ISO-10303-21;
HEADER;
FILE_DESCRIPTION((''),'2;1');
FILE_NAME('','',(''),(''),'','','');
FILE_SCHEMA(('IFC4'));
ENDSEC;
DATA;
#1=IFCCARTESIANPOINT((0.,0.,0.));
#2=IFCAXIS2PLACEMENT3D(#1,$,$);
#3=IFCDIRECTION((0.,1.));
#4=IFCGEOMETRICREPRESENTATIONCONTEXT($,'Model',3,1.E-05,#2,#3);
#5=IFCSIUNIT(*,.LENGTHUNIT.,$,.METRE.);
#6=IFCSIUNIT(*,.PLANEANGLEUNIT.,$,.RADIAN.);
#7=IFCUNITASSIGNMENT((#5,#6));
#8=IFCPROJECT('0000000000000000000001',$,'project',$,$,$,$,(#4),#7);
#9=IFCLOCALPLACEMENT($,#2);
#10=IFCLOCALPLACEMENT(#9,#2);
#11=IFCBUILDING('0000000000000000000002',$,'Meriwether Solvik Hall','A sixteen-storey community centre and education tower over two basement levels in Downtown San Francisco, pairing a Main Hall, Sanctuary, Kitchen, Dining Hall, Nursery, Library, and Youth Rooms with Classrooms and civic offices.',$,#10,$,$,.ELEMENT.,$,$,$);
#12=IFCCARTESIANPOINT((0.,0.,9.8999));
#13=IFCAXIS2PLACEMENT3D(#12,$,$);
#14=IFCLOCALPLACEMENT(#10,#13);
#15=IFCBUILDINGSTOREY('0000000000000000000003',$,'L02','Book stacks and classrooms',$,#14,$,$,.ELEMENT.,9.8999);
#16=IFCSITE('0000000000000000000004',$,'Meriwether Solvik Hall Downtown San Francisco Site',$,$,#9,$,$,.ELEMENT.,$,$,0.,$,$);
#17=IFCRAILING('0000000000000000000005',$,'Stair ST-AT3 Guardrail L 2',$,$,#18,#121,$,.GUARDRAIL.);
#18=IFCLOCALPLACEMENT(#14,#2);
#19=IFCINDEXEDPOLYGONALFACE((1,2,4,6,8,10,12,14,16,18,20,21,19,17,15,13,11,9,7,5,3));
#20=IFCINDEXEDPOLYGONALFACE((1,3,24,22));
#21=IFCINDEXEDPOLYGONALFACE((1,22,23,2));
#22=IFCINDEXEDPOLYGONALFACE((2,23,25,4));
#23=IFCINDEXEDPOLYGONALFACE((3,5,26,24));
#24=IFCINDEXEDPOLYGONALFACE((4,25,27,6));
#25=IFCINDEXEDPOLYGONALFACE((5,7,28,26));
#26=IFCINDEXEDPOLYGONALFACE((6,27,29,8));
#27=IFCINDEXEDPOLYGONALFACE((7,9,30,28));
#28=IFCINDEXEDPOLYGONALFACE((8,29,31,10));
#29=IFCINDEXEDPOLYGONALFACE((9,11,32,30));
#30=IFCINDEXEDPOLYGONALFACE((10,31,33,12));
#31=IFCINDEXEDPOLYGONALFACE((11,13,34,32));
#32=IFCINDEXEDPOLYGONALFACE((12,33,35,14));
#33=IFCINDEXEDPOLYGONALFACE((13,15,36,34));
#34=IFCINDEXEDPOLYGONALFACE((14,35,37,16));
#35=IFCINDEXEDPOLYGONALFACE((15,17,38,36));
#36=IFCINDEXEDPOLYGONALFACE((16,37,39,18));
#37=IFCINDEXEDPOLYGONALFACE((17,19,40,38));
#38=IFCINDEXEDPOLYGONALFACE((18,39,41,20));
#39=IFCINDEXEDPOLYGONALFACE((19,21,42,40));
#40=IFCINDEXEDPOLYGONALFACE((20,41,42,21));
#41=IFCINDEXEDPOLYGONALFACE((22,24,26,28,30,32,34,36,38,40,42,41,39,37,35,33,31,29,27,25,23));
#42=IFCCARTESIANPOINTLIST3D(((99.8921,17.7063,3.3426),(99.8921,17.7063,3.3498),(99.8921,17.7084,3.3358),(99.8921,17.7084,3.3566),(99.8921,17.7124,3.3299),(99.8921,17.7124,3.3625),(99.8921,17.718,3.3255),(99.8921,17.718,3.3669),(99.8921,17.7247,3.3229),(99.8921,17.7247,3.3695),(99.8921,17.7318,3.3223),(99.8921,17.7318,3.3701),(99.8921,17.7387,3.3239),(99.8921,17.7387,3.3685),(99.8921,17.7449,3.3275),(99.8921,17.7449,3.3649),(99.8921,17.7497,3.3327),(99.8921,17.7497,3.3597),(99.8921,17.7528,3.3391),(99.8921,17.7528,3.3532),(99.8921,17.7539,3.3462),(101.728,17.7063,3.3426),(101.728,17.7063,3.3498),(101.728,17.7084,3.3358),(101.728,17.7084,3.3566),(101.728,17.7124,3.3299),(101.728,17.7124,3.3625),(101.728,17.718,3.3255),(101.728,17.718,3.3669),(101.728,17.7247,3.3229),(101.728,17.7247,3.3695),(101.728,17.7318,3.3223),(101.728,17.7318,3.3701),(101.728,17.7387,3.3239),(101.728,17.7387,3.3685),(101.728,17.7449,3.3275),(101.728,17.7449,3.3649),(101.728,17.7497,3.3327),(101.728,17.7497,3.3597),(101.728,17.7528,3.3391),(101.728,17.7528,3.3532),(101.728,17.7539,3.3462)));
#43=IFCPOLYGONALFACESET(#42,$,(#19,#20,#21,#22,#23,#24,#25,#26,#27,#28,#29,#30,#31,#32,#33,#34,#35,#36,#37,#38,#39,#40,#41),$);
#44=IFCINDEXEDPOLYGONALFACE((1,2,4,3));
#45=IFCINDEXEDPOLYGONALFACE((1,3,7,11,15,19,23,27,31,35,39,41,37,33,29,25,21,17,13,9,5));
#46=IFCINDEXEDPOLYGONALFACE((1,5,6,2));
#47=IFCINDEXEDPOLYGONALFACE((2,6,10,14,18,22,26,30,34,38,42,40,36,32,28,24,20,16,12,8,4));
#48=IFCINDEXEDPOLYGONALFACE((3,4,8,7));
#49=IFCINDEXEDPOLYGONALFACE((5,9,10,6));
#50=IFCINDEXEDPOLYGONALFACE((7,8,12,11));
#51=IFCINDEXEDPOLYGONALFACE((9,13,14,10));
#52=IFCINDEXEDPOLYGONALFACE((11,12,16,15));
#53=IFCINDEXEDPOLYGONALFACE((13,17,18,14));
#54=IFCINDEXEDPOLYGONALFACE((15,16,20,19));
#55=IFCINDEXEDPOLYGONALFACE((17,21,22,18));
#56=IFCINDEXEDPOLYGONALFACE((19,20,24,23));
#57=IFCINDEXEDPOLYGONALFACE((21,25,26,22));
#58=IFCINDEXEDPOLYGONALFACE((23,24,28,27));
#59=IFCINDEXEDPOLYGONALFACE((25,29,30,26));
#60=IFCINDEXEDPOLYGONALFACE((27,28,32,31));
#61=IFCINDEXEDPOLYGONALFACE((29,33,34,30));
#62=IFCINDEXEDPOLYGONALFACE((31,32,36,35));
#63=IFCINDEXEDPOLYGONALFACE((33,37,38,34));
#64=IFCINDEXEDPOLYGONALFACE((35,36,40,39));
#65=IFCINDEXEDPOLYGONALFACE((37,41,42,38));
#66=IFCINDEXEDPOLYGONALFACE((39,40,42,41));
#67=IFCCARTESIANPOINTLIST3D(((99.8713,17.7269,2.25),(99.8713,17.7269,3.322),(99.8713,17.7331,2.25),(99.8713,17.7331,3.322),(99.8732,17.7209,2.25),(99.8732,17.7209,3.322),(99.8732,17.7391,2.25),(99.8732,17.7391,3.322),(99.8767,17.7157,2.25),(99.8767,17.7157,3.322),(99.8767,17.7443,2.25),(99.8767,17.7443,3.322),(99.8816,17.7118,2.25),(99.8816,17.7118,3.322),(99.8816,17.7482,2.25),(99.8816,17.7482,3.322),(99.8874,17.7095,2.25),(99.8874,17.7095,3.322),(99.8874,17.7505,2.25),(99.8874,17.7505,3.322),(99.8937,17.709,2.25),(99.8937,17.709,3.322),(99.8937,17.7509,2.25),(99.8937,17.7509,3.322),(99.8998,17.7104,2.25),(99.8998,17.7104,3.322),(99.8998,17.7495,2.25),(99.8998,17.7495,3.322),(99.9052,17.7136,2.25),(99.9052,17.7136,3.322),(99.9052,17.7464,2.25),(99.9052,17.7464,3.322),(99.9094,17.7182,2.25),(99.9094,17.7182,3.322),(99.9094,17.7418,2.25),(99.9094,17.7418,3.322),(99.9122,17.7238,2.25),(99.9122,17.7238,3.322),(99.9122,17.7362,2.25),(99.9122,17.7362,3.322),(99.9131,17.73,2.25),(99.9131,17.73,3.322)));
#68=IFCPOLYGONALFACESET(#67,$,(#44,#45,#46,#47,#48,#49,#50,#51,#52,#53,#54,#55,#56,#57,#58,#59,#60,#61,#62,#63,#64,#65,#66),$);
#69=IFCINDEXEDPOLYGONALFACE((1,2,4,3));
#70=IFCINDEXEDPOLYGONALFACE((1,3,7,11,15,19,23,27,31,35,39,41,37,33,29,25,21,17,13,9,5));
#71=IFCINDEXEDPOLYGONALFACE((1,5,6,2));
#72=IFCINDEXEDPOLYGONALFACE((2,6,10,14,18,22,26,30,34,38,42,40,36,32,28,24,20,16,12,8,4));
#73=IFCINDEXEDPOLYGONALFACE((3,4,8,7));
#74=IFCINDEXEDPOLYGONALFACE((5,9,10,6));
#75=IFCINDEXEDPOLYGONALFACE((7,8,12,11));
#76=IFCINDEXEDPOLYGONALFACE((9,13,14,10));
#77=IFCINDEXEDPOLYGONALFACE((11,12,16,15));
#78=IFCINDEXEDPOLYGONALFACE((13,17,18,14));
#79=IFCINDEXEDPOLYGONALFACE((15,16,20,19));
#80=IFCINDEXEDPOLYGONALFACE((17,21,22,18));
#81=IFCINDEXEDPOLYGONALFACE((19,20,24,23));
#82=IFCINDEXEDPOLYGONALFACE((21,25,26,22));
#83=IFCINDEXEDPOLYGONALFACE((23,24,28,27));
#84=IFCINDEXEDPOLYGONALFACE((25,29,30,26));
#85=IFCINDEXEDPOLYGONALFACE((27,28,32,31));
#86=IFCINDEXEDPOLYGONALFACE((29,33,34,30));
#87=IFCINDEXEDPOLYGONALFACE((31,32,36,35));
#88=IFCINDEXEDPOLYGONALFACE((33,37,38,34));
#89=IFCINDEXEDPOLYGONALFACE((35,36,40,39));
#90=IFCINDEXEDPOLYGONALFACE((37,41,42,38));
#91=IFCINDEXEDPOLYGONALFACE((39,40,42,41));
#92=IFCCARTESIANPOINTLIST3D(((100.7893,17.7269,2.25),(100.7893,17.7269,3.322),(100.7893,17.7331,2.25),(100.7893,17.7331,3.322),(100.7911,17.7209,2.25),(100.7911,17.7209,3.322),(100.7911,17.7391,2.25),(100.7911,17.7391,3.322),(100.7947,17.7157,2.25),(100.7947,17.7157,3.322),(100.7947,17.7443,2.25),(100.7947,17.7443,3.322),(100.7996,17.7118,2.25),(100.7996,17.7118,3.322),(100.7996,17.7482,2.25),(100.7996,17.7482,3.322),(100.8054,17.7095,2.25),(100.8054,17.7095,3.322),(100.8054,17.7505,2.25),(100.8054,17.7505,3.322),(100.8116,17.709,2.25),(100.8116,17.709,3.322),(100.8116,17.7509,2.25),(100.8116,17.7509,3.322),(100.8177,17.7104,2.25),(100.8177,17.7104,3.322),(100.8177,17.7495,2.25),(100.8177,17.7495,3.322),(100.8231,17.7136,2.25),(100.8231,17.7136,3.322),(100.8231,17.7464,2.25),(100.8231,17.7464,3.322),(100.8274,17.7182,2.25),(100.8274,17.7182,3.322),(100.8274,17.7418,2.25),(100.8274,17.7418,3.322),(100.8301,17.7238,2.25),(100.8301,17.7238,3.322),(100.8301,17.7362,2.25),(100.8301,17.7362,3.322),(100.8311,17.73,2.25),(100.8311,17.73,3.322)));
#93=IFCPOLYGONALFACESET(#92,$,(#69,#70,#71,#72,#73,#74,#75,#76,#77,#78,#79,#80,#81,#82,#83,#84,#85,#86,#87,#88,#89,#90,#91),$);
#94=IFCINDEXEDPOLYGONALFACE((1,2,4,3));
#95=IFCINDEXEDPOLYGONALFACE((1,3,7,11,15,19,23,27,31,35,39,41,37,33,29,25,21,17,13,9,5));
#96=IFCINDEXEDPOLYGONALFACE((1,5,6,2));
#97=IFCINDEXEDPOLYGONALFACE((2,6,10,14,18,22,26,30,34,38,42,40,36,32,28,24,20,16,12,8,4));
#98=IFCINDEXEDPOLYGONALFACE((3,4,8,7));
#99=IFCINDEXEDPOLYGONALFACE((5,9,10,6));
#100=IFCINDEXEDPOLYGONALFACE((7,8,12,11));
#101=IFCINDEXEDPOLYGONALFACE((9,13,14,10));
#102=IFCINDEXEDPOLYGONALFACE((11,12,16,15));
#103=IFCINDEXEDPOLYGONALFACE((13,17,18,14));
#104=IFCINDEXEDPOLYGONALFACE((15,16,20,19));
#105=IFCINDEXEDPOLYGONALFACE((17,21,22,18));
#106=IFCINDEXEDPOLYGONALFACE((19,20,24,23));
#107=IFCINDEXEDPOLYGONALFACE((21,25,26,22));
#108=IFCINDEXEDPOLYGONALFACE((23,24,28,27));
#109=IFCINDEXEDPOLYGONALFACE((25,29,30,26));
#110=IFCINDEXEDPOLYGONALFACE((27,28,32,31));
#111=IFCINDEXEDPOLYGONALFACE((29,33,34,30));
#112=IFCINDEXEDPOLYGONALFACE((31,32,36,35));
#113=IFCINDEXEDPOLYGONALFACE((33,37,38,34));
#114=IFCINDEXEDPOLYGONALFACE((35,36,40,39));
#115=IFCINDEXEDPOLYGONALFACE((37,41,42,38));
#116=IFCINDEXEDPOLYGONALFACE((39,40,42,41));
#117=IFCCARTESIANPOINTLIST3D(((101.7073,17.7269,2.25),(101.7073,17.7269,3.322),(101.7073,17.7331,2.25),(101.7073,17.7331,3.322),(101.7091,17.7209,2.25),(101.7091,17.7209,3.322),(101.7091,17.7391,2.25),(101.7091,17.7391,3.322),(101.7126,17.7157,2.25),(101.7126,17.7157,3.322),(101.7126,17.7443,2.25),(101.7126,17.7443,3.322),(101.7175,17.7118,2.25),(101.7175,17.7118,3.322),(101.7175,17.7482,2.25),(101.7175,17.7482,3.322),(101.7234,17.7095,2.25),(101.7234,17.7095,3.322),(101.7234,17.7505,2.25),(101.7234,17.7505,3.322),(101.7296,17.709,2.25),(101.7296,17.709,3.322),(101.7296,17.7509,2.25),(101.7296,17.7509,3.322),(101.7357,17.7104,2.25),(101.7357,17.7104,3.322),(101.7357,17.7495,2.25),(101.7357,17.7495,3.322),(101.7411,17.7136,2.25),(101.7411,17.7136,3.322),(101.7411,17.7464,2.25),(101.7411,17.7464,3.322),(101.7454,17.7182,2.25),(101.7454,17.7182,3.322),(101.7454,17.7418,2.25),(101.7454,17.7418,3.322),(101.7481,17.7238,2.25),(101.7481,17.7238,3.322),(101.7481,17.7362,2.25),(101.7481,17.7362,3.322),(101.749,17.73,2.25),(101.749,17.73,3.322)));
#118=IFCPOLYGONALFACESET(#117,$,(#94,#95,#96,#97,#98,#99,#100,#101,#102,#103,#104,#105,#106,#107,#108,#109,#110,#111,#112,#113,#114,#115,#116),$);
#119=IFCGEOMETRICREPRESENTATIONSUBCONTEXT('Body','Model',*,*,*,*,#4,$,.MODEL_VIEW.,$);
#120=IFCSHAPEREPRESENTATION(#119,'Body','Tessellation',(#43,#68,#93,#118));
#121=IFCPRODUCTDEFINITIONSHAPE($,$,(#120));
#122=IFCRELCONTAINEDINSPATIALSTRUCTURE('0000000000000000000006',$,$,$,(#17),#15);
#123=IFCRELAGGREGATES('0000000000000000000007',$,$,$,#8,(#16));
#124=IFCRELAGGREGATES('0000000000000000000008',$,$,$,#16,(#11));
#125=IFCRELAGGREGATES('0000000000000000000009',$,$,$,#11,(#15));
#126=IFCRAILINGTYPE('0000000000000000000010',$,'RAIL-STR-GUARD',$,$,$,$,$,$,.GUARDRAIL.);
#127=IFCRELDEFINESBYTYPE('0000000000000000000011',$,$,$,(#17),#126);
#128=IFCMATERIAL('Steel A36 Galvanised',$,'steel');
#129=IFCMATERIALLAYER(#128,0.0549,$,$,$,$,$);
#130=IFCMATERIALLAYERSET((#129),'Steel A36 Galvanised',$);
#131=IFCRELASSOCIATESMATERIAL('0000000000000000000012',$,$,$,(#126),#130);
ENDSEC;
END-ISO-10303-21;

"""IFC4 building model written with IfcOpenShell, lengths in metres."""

from ifc_helpers import new_model, si_unit, direction, frame, origin, origin_2d, place, context, subcontext, project, spatial, circle, extrude, material, layer, layer_set, type_object, element, save


model = new_model("IFC4")

# Units and contexts
model_context = context("Model", 3, precision=1e-05, world=origin(), true_north=direction((0.0, 1.0)))
body_context = subcontext(model_context, "Body", "Model", "MODEL_VIEW")
ifc_project = project(units=[si_unit("LENGTHUNIT", "METRE"), si_unit("PLANEANGLEUNIT", "RADIAN")], contexts=[model_context])

# Site, building, storey
site_placement = place(None, origin())
site = spatial("IfcSite", under=ifc_project, at=site_placement, Name="Meriwether Solvik Hall Downtown San Francisco Site", CompositionType="ELEMENT", RefElevation=0.0)
building_placement = place(site_placement, origin())
building = spatial("IfcBuilding", under=site, at=building_placement, Name="Meriwether Solvik Hall", Description="A sixteen-storey community centre and education tower over two basement levels in Downtown San Francisco, pairing a Main Hall, Sanctuary, Kitchen, Dining Hall, Nursery, Library, and Youth Rooms with Classrooms and civic offices.", CompositionType="ELEMENT")
storey_placement = place(building_placement, frame((0.0, 0.0, 9.8999)))
storey = spatial("IfcBuildingStorey", under=building, at=storey_placement, Name="L02", Description="Book stacks and classrooms", CompositionType="ELEMENT", Elevation=9.8999)

# Railing
ifc_material_1 = material(Name="Steel A36 Galvanised", Category="steel")
ifc_layer_1 = layer(ifc_material_1, 0.0549)
ifc_layer_set_1 = layer_set([ifc_layer_1], Name="Steel A36 Galvanised")
railing_type_1 = type_object("IfcRailingType", Name="RAIL-STR-GUARD", PredefinedType="GUARDRAIL", material=ifc_layer_set_1)
railing_1_placement = place(storey_placement, frame((99.8921, 17.73, 2.25)))
element("IfcRailing", 1, at=railing_1_placement, inside=storey, type_object=railing_type_1, Name="Stair ST-AT3 Guardrail L 2", PredefinedType="GUARDRAIL", context=body_context, shape_type="SweptSolid", body=[
    extrude(circle(Radius=0.0239, at=origin_2d()), frame((0.0, 0.0, 1.0962), z_axis=(1.0, 0.0, 0.0), x_axis=(0.0, 1.0, 0.0)), (0.0, 0.0, 1.0), 1.8359),
    extrude(circle(Radius=0.021, at=origin_2d()), origin(), (0.0, 0.0, 1.0), 1.072),
    extrude(circle(Radius=0.021, at=origin_2d()), frame((0.918, 0.0, 0.0)), (0.0, 0.0, 1.0), 1.072),
    extrude(circle(Radius=0.021, at=origin_2d()), frame((1.8359, 0.0, 0.0)), (0.0, 0.0, 1.0), 1.072),
])

save(model, "model.ifc")
